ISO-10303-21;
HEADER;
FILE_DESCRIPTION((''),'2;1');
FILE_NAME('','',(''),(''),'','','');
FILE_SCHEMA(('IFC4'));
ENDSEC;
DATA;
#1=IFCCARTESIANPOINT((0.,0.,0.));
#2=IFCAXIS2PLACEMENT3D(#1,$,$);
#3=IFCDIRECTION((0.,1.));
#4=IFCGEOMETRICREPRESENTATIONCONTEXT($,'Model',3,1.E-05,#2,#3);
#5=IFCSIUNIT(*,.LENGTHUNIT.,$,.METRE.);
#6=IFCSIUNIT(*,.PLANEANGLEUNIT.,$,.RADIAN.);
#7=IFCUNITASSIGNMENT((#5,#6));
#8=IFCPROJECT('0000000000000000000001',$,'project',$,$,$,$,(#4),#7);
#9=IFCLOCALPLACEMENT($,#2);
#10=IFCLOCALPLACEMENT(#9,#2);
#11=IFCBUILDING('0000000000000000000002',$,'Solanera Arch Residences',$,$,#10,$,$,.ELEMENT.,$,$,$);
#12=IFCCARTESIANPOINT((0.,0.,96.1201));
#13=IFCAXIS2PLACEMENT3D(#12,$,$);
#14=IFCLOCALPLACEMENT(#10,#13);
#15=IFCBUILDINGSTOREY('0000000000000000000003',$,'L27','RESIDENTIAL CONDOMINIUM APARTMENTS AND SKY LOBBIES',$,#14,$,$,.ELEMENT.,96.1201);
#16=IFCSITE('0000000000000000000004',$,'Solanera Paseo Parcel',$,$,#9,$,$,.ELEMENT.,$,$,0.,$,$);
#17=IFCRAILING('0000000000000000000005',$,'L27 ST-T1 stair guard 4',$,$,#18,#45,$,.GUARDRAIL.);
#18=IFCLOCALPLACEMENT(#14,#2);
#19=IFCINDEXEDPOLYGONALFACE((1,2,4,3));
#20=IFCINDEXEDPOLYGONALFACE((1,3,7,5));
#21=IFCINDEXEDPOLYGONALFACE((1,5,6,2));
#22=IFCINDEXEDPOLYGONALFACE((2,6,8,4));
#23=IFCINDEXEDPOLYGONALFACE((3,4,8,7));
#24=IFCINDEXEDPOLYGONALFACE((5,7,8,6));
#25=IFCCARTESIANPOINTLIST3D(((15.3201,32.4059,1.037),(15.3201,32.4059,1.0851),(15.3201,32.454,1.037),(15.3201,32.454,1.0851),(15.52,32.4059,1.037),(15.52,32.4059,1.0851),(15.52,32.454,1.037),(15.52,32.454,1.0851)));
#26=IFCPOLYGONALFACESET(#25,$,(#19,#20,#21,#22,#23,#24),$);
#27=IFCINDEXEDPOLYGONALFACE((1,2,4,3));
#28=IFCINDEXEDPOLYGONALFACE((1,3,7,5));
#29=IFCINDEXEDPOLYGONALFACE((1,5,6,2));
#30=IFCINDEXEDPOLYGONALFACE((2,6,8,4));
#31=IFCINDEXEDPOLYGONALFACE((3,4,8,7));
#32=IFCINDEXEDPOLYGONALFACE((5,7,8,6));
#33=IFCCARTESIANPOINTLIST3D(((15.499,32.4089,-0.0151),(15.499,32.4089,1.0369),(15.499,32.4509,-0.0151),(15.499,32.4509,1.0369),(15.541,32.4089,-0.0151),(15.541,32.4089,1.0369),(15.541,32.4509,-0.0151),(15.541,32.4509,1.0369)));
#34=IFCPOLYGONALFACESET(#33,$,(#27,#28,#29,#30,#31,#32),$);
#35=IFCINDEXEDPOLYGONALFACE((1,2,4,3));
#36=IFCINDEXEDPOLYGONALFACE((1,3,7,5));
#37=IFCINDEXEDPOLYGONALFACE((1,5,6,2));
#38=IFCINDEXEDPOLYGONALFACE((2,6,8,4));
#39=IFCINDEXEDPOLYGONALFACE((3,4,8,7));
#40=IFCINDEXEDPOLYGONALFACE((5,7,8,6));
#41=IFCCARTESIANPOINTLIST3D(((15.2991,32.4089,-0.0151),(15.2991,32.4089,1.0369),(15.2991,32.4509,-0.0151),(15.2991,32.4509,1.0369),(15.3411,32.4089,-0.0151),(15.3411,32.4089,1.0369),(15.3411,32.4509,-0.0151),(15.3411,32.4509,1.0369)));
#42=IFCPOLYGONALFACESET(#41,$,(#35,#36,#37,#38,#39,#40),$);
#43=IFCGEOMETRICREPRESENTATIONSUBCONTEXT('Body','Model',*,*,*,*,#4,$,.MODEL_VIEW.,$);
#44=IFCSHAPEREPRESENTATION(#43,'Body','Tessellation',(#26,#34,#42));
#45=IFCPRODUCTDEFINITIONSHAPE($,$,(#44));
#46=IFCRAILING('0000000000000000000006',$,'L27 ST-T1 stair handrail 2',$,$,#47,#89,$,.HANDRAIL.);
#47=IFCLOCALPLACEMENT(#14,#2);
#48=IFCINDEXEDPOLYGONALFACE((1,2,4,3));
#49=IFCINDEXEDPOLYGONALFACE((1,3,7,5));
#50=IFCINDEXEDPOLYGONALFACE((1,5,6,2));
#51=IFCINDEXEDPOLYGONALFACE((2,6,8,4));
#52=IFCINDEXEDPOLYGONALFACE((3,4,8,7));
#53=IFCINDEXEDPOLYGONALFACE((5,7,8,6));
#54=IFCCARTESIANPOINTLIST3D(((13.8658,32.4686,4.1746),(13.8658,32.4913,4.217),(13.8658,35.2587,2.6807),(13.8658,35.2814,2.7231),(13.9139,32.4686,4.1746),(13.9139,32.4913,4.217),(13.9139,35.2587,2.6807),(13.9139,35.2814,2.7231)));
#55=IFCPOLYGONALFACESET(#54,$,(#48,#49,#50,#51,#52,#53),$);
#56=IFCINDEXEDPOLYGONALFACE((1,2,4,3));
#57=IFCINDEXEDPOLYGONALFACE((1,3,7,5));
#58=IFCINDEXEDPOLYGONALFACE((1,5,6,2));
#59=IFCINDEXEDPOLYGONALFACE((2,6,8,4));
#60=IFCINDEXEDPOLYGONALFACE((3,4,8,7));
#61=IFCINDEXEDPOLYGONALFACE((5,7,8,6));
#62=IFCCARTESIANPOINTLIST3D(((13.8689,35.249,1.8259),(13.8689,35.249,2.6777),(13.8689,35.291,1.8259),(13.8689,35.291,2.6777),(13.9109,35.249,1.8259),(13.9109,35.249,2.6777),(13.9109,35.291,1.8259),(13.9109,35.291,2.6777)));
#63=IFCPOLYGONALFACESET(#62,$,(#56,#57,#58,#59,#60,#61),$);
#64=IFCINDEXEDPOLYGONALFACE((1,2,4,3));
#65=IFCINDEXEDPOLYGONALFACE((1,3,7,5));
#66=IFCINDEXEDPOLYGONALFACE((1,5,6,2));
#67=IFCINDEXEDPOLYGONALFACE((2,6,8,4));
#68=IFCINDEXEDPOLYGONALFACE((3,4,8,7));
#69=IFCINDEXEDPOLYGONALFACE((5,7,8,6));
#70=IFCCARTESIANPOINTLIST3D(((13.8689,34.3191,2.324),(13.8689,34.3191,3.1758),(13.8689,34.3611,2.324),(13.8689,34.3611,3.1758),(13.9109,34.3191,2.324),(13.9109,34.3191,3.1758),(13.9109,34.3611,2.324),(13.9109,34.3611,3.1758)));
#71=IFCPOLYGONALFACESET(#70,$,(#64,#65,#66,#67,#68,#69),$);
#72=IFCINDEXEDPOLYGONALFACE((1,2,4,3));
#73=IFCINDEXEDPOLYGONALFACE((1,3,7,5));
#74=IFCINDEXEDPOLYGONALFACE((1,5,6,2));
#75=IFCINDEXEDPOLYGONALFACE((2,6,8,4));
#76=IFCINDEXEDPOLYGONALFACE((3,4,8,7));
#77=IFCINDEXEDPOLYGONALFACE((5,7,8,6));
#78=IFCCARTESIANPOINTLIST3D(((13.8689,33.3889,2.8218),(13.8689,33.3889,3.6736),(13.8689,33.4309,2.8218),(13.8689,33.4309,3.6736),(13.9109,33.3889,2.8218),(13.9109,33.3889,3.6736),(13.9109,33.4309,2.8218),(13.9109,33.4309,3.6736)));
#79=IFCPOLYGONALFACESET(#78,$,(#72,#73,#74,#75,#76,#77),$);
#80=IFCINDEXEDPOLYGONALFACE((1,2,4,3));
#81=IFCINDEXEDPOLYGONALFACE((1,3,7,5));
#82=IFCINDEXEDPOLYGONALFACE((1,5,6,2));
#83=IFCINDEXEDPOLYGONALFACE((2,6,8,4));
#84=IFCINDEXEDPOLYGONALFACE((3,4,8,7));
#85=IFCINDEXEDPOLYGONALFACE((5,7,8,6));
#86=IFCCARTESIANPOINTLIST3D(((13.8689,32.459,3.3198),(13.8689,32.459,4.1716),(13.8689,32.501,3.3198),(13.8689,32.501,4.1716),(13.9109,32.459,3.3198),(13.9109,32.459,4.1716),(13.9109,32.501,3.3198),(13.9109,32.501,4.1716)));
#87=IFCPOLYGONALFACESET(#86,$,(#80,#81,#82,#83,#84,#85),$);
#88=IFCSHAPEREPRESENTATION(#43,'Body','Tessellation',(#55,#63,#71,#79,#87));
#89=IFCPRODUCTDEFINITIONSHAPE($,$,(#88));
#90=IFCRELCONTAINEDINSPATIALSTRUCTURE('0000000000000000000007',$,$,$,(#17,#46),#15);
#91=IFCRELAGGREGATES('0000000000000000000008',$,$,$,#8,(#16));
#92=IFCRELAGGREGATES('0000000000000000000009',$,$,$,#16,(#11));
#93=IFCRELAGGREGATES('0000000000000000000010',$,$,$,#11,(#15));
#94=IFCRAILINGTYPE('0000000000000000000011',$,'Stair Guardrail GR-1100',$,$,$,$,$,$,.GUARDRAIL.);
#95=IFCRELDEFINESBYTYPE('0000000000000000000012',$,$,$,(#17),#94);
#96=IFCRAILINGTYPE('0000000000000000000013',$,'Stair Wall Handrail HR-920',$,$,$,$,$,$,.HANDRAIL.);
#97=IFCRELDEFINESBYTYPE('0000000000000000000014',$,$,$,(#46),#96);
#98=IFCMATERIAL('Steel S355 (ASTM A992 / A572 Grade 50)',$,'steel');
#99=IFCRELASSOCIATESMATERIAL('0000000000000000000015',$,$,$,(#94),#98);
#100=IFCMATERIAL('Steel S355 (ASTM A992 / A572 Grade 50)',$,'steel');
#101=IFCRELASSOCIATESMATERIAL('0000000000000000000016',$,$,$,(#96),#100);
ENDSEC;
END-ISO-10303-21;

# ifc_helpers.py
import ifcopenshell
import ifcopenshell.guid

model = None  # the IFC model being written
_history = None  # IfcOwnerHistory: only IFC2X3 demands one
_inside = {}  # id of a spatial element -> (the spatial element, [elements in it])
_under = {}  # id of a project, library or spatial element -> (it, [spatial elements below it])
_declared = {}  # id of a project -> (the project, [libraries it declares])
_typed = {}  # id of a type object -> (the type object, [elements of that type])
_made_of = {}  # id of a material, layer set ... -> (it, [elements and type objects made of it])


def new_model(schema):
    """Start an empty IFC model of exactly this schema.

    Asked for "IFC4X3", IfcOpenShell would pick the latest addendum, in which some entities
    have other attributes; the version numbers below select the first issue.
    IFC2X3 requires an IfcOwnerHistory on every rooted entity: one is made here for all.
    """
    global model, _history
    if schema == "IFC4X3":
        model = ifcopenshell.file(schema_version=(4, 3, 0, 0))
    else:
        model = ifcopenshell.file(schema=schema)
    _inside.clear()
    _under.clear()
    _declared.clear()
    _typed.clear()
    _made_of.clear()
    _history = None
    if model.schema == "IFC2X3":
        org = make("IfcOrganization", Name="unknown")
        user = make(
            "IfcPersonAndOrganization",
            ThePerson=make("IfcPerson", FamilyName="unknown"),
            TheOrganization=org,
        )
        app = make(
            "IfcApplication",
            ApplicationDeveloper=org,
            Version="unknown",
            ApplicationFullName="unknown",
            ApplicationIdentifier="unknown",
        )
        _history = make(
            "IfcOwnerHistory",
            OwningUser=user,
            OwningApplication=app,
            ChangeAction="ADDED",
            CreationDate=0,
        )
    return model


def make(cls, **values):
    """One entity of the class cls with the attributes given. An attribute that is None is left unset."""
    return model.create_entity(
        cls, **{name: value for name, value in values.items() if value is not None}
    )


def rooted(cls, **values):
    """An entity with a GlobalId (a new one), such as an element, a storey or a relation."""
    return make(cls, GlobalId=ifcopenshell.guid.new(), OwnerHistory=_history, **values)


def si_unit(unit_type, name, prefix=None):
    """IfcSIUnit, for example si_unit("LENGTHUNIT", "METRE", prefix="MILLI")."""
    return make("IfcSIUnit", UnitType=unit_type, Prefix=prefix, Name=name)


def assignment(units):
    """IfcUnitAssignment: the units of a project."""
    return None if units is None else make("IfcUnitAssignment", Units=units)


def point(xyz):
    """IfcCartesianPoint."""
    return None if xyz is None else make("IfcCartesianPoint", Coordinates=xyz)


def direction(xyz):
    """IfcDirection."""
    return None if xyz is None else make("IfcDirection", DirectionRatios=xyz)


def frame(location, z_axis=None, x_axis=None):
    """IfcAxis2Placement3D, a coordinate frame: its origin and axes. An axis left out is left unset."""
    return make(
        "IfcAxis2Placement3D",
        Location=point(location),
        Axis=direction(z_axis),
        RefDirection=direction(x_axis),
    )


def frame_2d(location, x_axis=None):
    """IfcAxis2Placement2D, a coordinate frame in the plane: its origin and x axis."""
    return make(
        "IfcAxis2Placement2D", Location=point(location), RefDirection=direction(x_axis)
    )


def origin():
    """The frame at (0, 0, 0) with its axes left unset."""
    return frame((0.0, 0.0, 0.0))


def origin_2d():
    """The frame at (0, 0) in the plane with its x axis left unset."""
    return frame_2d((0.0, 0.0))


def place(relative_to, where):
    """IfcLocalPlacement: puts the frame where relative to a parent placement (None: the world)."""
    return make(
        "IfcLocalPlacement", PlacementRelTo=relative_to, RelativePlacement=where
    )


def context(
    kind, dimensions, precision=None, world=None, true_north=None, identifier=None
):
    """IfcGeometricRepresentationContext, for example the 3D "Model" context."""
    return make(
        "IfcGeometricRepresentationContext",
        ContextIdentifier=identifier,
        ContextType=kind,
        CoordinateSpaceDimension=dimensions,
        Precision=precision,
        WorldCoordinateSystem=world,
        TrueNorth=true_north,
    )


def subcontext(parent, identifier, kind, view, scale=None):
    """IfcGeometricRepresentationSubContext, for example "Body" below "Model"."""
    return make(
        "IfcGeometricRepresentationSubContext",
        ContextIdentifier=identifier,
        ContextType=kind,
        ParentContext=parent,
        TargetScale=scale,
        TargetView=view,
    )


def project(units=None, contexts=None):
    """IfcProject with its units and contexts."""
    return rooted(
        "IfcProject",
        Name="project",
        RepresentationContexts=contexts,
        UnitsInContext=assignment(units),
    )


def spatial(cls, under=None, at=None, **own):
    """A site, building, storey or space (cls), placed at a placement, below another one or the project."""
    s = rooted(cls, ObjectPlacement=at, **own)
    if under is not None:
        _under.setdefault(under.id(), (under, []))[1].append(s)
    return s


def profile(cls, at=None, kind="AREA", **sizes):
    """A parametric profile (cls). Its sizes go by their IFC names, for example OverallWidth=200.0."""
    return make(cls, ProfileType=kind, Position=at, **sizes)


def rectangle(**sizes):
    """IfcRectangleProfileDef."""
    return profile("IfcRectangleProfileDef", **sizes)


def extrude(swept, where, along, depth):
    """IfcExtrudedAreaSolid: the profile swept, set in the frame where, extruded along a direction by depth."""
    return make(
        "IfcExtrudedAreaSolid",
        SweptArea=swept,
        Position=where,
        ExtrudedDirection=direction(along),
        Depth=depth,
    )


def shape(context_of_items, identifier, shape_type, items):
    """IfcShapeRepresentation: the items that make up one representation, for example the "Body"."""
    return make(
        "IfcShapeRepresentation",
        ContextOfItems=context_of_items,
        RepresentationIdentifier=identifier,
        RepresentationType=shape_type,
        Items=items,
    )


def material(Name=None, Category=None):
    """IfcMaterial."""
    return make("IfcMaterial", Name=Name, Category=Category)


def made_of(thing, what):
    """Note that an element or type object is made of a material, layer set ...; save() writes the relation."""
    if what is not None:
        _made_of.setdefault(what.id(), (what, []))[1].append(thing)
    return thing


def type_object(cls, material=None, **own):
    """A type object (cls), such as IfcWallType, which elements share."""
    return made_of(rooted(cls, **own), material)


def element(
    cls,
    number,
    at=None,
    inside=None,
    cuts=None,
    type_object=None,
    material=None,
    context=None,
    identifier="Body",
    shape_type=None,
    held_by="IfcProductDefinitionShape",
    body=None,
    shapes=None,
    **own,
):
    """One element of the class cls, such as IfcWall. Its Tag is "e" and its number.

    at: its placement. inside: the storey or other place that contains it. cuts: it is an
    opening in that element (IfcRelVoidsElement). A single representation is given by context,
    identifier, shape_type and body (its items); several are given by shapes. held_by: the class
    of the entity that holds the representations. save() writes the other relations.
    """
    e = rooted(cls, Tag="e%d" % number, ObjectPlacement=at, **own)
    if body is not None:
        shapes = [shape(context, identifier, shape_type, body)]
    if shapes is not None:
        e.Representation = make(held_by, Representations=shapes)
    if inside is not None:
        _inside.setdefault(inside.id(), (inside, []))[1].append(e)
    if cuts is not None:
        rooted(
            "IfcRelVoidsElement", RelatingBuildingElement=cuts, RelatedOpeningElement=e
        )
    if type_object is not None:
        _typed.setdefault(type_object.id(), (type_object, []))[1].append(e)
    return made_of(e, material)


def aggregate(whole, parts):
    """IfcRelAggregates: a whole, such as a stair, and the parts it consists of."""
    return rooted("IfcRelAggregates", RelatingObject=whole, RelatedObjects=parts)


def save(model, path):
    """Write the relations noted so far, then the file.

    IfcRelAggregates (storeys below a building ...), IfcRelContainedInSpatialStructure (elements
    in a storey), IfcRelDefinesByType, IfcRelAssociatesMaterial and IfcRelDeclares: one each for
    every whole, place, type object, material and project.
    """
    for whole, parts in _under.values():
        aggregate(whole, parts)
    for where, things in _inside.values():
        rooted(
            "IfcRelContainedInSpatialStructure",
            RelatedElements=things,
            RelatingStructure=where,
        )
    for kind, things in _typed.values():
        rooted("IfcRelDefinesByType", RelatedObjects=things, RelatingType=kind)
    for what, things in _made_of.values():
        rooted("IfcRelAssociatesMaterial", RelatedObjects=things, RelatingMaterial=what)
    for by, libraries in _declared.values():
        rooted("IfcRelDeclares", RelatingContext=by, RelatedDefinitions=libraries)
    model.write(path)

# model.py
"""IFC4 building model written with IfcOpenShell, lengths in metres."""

from ifc_helpers import new_model, si_unit, direction, frame, origin, origin_2d, place, context, subcontext, project, spatial, rectangle, extrude, material, type_object, element, save


model = new_model("IFC4")

# Units and contexts
model_context = context("Model", 3, precision=1e-05, world=origin(), true_north=direction((0.0, 1.0)))
body_context = subcontext(model_context, "Body", "Model", "MODEL_VIEW")
ifc_project = project(units=[si_unit("LENGTHUNIT", "METRE"), si_unit("PLANEANGLEUNIT", "RADIAN")], contexts=[model_context])

# Site, building, storey
site_placement = place(None, origin())
site = spatial("IfcSite", under=ifc_project, at=site_placement, Name="Solanera Paseo Parcel", CompositionType="ELEMENT", RefElevation=0.0)
building_placement = place(site_placement, origin())
building = spatial("IfcBuilding", under=site, at=building_placement, Name="Solanera Arch Residences", CompositionType="ELEMENT")
storey_placement = place(building_placement, frame((0.0, 0.0, 96.1201)))
storey = spatial("IfcBuildingStorey", under=building, at=storey_placement, Name="L27", Description="RESIDENTIAL CONDOMINIUM APARTMENTS AND SKY LOBBIES", CompositionType="ELEMENT", Elevation=96.1201)

# Railings
ifc_material_1 = material(Name="Steel S355 (ASTM A992 / A572 Grade 50)", Category="steel")
railing_type_1 = type_object("IfcRailingType", Name="Stair Guardrail GR-1100", PredefinedType="GUARDRAIL", material=ifc_material_1)
railing_1_placement = place(storey_placement, frame((15.52, 32.4299, -0.0151)))
element("IfcRailing", 1, at=railing_1_placement, inside=storey, type_object=railing_type_1, Name="L27 ST-T1 stair guard 4", PredefinedType="GUARDRAIL", context=body_context, shape_type="SweptSolid", body=[
    extrude(rectangle(XDim=0.0481, YDim=0.0481, at=origin_2d()), frame((0.0, 0.0, 1.0762), z_axis=(-1.0, 0.0, 0.0), x_axis=(0.0, -1.0, 0.0)), (0.0, 0.0, 1.0), 0.2),
    extrude(rectangle(XDim=0.042, YDim=0.042, at=origin_2d()), origin(), (0.0, 0.0, 1.0), 1.052),
    extrude(rectangle(XDim=0.042, YDim=0.042, at=origin_2d()), frame((-0.2, 0.0, 0.0)), (0.0, 0.0, 1.0), 1.052),
])
ifc_material_2 = material(Name="Steel S355 (ASTM A992 / A572 Grade 50)", Category="steel")
railing_type_2 = type_object("IfcRailingType", Name="Stair Wall Handrail HR-920", PredefinedType="HANDRAIL", material=ifc_material_2)
railing_2_placement = place(storey_placement, frame((13.8899, 35.27, 1.8259)))
element("IfcRailing", 2, at=railing_2_placement, inside=storey, type_object=railing_type_2, Name="L27 ST-T1 stair handrail 2", PredefinedType="HANDRAIL", context=body_context, shape_type="SweptSolid", body=[
    extrude(rectangle(XDim=0.0481, YDim=0.0481, at=origin_2d()), frame((0.0, 0.0, 0.876), z_axis=(0.0, -0.881581, 0.472033), x_axis=(1.0, 0.0, 0.0)), (0.0, 0.0, 1.0), 3.1648),
    extrude(rectangle(XDim=0.042, YDim=0.042, at=origin_2d()), origin(), (0.0, 0.0, 1.0), 0.8518),
    extrude(rectangle(XDim=0.042, YDim=0.042, at=origin_2d()), frame((0.0, -0.9299, 0.498)), (0.0, 0.0, 1.0), 0.8518),
    extrude(rectangle(XDim=0.042, YDim=0.042, at=origin_2d()), frame((0.0, -1.8601, 0.9958)), (0.0, 0.0, 1.0), 0.8518),
    extrude(rectangle(XDim=0.042, YDim=0.042, at=origin_2d()), frame((0.0, -2.79, 1.4939)), (0.0, 0.0, 1.0), 0.8518),
])

save(model, "model.ifc")
